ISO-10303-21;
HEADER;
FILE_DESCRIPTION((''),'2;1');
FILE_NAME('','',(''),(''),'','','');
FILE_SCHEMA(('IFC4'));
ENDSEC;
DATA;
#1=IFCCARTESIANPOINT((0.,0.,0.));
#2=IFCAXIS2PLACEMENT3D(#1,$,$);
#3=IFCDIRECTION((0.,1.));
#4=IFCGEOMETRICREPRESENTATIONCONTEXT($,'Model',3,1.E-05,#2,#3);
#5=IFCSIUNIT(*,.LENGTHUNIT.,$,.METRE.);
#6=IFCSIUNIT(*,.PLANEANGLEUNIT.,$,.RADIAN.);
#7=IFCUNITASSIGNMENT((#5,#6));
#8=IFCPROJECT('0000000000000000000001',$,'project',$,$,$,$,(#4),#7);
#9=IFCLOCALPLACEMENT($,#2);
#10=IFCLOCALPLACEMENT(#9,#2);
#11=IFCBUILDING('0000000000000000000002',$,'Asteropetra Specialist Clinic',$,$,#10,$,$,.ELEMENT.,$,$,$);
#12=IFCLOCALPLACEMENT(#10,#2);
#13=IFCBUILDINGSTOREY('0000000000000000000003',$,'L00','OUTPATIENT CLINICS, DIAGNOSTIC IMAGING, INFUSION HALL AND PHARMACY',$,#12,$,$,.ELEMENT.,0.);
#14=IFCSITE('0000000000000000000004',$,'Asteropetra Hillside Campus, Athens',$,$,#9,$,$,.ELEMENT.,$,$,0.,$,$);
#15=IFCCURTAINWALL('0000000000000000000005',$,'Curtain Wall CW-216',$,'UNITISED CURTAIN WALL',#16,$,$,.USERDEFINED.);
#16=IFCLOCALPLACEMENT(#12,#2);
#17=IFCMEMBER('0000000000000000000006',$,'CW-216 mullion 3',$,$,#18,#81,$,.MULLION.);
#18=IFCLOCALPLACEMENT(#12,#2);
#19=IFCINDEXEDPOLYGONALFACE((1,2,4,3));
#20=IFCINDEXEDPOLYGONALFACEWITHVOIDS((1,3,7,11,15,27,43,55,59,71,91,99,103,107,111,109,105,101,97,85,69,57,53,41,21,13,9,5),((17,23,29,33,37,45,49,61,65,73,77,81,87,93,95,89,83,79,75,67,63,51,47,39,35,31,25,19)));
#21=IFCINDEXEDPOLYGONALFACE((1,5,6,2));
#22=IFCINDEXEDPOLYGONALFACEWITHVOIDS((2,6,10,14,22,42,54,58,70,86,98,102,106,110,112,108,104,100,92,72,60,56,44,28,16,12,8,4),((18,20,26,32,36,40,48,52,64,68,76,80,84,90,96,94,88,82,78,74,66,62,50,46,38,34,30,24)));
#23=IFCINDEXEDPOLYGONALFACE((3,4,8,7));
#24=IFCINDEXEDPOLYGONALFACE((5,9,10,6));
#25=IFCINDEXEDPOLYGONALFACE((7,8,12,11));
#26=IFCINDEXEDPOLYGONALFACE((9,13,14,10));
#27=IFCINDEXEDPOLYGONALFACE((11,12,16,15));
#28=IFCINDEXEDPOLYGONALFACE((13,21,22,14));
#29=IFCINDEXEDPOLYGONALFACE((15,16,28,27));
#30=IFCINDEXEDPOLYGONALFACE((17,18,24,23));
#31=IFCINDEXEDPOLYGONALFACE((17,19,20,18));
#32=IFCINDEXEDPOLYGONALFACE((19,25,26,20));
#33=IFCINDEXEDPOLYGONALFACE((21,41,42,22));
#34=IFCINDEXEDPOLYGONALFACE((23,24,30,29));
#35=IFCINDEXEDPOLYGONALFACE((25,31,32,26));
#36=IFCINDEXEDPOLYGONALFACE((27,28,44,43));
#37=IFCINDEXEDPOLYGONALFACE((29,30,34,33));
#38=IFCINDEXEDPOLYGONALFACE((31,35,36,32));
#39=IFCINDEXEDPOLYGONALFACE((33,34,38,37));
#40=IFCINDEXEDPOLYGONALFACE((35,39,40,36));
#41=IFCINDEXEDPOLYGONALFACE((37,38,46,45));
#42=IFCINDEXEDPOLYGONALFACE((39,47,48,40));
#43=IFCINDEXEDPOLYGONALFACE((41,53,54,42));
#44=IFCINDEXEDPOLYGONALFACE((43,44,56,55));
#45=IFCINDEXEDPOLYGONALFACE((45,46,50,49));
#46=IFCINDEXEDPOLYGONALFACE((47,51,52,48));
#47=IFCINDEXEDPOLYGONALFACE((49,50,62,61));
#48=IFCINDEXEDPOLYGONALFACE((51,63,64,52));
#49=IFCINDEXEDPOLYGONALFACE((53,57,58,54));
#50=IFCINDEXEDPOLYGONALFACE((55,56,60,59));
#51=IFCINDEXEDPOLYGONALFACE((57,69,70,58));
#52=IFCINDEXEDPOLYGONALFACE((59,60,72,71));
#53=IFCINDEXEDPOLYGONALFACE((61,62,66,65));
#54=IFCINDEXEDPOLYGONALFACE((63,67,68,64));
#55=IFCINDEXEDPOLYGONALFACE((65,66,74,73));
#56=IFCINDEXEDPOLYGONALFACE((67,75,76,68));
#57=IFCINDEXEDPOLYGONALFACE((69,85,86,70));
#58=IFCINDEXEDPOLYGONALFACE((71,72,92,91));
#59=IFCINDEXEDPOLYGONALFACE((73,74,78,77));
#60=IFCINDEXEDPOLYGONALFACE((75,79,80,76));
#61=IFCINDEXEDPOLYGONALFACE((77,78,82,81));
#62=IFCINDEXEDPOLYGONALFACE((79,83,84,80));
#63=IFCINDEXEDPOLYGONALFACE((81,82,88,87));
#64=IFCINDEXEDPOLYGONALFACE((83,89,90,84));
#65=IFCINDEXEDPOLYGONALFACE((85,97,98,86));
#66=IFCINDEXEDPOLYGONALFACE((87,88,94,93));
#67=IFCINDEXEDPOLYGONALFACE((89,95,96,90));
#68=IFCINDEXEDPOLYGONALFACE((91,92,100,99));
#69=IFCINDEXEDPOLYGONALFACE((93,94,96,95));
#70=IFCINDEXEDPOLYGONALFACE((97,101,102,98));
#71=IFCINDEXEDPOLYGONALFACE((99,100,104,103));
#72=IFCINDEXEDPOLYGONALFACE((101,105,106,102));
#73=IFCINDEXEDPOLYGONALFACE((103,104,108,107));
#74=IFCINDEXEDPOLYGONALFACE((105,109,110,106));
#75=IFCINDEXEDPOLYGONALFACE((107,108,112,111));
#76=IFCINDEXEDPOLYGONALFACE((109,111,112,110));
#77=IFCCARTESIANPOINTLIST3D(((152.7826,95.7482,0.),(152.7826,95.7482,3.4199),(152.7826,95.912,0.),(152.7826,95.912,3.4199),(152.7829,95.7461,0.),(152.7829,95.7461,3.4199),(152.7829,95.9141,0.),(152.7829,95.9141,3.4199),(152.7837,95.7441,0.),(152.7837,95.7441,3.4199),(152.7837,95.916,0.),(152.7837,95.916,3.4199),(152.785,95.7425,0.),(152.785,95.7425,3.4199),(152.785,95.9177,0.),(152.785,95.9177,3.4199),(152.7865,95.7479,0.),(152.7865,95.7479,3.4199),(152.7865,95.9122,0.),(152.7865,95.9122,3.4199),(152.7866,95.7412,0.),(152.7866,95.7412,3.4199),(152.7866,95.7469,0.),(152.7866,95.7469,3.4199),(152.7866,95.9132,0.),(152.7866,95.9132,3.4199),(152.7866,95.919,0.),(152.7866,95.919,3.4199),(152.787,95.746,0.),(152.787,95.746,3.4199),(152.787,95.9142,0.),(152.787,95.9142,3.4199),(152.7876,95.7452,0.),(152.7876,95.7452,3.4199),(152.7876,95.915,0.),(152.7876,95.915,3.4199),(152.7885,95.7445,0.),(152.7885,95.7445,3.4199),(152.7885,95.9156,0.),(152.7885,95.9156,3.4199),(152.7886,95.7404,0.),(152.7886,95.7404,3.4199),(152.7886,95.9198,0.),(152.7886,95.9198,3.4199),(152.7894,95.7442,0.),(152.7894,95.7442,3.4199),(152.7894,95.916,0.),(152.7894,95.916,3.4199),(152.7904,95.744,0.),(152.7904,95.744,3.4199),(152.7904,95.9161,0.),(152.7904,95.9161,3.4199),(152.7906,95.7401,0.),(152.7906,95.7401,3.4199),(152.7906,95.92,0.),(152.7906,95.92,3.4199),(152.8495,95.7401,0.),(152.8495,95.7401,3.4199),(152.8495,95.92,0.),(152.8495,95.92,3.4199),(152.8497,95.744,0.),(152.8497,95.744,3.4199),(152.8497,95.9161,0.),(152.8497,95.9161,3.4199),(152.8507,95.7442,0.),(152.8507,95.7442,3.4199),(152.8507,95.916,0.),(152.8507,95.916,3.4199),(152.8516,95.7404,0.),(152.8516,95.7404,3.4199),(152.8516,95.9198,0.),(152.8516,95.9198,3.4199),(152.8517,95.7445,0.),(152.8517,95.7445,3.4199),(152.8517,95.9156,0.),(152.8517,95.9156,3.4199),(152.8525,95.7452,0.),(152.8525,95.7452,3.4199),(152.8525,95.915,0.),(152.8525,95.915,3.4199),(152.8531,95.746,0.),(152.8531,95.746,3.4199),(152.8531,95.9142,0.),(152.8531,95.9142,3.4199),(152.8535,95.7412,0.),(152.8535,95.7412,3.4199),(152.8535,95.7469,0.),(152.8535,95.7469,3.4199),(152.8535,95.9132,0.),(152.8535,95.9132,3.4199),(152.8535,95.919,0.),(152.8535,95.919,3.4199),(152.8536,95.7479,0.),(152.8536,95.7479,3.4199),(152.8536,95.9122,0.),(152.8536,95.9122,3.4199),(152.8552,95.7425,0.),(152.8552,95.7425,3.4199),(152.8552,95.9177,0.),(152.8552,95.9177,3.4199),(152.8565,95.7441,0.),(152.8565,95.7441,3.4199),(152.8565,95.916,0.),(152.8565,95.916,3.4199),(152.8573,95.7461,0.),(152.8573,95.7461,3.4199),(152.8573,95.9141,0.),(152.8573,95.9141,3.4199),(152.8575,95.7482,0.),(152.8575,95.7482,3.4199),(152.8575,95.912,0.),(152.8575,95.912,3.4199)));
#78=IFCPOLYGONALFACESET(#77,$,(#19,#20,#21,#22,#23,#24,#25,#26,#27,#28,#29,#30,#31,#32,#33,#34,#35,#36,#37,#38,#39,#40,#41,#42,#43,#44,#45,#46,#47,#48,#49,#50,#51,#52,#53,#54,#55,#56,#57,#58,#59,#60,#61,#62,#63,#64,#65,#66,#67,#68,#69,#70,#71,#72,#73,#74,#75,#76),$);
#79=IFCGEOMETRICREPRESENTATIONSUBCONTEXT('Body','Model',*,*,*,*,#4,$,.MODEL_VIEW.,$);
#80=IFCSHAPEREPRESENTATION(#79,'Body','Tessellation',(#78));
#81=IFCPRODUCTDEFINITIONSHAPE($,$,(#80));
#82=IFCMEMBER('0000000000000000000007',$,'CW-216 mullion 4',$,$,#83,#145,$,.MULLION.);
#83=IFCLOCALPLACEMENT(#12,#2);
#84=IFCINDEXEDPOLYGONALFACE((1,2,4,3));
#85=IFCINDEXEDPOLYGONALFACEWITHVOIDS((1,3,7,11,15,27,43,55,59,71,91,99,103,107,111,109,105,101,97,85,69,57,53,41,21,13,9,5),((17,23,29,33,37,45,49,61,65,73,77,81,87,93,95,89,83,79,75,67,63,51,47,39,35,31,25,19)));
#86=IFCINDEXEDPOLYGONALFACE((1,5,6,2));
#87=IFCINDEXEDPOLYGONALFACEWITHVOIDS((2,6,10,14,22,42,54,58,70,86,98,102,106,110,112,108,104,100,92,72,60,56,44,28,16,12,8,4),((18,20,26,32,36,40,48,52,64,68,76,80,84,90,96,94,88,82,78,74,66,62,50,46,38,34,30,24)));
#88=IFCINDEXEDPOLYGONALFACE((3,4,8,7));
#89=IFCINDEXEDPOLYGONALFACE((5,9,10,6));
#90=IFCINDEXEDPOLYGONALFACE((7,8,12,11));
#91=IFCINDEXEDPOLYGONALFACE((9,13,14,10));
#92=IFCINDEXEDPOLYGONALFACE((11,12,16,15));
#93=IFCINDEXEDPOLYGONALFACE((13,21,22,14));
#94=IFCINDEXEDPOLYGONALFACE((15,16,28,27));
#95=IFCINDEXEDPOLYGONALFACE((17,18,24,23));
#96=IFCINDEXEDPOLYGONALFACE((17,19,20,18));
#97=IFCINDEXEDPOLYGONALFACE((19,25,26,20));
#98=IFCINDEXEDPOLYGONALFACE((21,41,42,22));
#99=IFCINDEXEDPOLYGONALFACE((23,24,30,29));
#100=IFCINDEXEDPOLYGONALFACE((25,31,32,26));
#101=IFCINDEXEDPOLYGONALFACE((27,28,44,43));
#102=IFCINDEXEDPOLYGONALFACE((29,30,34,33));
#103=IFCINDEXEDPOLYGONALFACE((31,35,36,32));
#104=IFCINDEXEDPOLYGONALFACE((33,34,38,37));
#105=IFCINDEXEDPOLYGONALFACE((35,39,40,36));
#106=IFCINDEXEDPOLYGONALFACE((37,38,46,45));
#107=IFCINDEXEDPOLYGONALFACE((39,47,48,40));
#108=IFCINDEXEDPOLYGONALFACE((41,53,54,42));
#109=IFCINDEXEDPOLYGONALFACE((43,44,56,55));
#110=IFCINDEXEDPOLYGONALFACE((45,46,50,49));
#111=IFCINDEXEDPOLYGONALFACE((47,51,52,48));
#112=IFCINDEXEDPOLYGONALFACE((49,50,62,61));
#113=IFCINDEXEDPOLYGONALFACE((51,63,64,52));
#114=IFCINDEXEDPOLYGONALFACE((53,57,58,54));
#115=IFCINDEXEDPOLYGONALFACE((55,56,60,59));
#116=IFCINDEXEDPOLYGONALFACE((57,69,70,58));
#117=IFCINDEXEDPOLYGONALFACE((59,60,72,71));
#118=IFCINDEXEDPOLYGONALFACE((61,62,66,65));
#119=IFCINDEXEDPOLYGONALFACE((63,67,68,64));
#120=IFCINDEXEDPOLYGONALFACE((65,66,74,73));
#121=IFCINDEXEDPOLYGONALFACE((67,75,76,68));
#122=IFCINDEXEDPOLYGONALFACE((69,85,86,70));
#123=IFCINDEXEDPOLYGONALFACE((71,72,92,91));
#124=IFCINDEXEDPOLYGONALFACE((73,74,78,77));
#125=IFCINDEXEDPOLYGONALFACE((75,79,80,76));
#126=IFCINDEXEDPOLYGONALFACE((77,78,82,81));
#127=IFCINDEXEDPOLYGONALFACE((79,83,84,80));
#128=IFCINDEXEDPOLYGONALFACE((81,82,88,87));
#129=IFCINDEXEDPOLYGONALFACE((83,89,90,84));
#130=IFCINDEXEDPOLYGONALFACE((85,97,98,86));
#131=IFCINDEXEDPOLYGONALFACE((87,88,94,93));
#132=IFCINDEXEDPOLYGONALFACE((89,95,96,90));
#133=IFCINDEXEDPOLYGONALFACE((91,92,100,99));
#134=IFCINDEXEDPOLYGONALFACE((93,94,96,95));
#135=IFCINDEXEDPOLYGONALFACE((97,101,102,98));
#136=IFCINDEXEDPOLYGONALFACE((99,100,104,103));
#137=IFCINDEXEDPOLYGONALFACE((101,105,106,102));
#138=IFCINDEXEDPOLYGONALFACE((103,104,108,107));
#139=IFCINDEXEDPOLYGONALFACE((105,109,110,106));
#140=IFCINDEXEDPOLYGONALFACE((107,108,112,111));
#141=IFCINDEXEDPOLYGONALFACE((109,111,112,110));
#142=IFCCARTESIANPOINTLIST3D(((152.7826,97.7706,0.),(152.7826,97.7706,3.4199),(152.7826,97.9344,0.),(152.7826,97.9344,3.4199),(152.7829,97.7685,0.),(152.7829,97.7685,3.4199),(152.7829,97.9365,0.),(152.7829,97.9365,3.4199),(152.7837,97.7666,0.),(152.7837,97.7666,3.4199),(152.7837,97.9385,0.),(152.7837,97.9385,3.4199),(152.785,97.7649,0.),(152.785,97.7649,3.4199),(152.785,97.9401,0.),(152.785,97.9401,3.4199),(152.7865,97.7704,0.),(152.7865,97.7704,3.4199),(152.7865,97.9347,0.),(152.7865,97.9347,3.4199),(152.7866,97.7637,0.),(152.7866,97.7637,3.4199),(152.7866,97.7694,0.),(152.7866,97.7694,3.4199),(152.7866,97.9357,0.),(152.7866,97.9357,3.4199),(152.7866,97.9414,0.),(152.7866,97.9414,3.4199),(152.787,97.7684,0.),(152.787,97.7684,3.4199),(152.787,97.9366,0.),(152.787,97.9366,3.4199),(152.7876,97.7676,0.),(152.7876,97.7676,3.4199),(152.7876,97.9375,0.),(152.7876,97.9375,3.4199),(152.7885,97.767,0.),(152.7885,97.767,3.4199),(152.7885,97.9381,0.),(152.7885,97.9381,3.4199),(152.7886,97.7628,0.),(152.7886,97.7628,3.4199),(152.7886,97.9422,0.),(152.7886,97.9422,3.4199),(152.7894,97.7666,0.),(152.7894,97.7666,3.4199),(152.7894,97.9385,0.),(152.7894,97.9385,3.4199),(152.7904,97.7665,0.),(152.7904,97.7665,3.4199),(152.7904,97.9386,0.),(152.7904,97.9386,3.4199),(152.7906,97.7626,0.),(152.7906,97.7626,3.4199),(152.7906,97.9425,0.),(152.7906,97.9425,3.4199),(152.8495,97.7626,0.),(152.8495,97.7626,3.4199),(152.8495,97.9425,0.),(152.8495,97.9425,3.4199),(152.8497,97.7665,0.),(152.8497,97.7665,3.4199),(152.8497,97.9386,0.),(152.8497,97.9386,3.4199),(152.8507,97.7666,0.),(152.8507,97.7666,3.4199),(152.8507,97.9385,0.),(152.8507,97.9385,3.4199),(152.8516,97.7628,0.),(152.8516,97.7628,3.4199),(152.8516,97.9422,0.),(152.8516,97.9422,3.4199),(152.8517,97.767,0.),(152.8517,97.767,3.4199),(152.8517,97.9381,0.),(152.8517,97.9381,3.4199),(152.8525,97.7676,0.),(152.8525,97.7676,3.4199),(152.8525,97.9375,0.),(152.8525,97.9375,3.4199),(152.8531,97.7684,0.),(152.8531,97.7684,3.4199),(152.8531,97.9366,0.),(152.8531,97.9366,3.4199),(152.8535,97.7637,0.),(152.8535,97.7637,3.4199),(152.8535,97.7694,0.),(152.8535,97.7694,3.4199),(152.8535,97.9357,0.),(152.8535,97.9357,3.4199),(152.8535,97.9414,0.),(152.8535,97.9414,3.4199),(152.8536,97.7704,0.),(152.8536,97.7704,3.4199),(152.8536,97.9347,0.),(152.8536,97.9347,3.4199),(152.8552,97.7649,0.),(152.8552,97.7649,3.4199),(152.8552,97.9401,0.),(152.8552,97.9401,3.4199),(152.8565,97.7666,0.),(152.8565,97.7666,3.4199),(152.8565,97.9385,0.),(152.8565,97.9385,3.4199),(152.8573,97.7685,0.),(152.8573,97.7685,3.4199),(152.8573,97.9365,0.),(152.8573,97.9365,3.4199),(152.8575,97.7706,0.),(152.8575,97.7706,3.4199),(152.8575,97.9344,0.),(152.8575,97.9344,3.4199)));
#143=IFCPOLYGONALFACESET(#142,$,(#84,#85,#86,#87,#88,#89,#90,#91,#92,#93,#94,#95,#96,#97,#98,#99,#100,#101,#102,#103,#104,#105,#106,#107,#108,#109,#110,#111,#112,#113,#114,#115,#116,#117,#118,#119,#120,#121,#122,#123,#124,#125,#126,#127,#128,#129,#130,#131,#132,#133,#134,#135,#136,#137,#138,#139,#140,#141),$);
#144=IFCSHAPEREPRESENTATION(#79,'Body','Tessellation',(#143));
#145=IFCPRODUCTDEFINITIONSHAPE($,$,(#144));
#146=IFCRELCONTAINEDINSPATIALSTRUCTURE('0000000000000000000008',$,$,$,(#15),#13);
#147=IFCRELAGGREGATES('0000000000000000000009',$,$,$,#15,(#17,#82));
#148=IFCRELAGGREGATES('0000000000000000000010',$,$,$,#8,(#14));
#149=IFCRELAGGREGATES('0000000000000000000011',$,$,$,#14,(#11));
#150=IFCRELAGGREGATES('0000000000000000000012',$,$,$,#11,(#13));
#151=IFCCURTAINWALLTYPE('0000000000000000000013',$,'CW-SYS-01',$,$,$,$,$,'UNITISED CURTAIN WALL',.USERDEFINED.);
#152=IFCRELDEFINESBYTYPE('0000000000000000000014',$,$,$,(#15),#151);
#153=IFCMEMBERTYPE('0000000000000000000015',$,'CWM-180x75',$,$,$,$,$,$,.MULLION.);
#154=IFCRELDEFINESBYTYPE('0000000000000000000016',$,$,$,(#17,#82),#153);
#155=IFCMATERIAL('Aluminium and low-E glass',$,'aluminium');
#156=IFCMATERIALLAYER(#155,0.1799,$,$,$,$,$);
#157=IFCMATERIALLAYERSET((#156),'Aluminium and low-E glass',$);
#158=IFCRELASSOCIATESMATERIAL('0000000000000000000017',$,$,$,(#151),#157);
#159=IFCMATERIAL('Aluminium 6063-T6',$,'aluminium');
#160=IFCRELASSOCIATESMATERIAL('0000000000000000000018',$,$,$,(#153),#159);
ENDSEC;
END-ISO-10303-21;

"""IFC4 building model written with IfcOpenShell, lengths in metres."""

from ifc_helpers import new_model, si_unit, direction, frame, origin, origin_2d, place, context, subcontext, project, spatial, hollow_rectangle, extrude, material, layer, layer_set, material_profile, profile_set, type_object, element, aggregate, save


model = new_model("IFC4")

# Units and contexts
model_context = context("Model", 3, precision=1e-05, world=origin(), true_north=direction((0.0, 1.0)))
body_context = subcontext(model_context, "Body", "Model", "MODEL_VIEW")
ifc_project = project(units=[si_unit("LENGTHUNIT", "METRE"), si_unit("PLANEANGLEUNIT", "RADIAN")], contexts=[model_context])

# Site, building, storey
site_placement = place(None, origin())
site = spatial("IfcSite", under=ifc_project, at=site_placement, Name="Asteropetra Hillside Campus, Athens", CompositionType="ELEMENT", RefElevation=0.0)
building_placement = place(site_placement, origin())
building = spatial("IfcBuilding", under=site, at=building_placement, Name="Asteropetra Specialist Clinic", CompositionType="ELEMENT")
storey_placement = place(building_placement, origin())
storey = spatial("IfcBuildingStorey", under=building, at=storey_placement, Name="L00", Description="OUTPATIENT CLINICS, DIAGNOSTIC IMAGING, INFUSION HALL AND PHARMACY", CompositionType="ELEMENT", Elevation=0.0)

# Curtain wall, members
ifc_material_1 = material(Name="Aluminium and low-E glass", Category="aluminium")
ifc_layer_1 = layer(ifc_material_1, 0.1799)
ifc_layer_set_1 = layer_set([ifc_layer_1], Name="Aluminium and low-E glass")
curtain_wall_type = type_object("IfcCurtainWallType", Name="CW-SYS-01", ElementType="UNITISED CURTAIN WALL", PredefinedType="USERDEFINED", material=ifc_layer_set_1)
curtain_wall_placement = place(storey_placement, origin())
curtain_wall = element("IfcCurtainWall", 1, at=curtain_wall_placement, inside=storey, type_object=curtain_wall_type, Name="Curtain Wall CW-216", ObjectType="UNITISED CURTAIN WALL", PredefinedType="USERDEFINED")
ifc_material_2 = material(Name="Aluminium 6063-T6", Category="aluminium")
ifc_material_profile_1 = material_profile(ifc_material_2, hollow_rectangle(XDim=0.075, YDim=0.1799, WallThickness=0.0039, InnerFilletRadius=0.0039, OuterFilletRadius=0.0081, at=origin_2d()), Name="MUL 180x75x4.0")
ifc_profile_set_1 = profile_set([ifc_material_profile_1], Name="Aluminium 6063-T6")
member_type_1 = type_object("IfcMemberType", Name="CWM-180x75", PredefinedType="MULLION", material=ifc_profile_set_1)
member_1_placement = place(storey_placement, frame((152.8201, 95.8301, 0.0), z_axis=(0.0, 0.0, 1.0), x_axis=(-1.0, 0.0, 0.0)))
member_1 = element("IfcMember", 2, at=member_1_placement, type_object=member_type_1, Name="CW-216 mullion 3", PredefinedType="MULLION", context=body_context, shape_type="SweptSolid", body=[
    extrude(hollow_rectangle(XDim=0.075, YDim=0.1799, WallThickness=0.0039, InnerFilletRadius=0.0039, OuterFilletRadius=0.0081, at=origin_2d()), origin(), (0.0, 0.0, 1.0), 3.4199),
])
member_2_placement = place(storey_placement, frame((152.8201, 97.8525, 0.0), z_axis=(0.0, 0.0, 1.0), x_axis=(-1.0, 0.0, 0.0)))
member_2 = element("IfcMember", 3, at=member_2_placement, type_object=member_type_1, Name="CW-216 mullion 4", PredefinedType="MULLION", context=body_context, shape_type="SweptSolid", body=[
    extrude(hollow_rectangle(XDim=0.075, YDim=0.1799, WallThickness=0.0039, InnerFilletRadius=0.0039, OuterFilletRadius=0.0081, at=origin_2d()), origin(), (0.0, 0.0, 1.0), 3.4199),
])
aggregate(curtain_wall, [member_1, member_2])

save(model, "model.ifc")
